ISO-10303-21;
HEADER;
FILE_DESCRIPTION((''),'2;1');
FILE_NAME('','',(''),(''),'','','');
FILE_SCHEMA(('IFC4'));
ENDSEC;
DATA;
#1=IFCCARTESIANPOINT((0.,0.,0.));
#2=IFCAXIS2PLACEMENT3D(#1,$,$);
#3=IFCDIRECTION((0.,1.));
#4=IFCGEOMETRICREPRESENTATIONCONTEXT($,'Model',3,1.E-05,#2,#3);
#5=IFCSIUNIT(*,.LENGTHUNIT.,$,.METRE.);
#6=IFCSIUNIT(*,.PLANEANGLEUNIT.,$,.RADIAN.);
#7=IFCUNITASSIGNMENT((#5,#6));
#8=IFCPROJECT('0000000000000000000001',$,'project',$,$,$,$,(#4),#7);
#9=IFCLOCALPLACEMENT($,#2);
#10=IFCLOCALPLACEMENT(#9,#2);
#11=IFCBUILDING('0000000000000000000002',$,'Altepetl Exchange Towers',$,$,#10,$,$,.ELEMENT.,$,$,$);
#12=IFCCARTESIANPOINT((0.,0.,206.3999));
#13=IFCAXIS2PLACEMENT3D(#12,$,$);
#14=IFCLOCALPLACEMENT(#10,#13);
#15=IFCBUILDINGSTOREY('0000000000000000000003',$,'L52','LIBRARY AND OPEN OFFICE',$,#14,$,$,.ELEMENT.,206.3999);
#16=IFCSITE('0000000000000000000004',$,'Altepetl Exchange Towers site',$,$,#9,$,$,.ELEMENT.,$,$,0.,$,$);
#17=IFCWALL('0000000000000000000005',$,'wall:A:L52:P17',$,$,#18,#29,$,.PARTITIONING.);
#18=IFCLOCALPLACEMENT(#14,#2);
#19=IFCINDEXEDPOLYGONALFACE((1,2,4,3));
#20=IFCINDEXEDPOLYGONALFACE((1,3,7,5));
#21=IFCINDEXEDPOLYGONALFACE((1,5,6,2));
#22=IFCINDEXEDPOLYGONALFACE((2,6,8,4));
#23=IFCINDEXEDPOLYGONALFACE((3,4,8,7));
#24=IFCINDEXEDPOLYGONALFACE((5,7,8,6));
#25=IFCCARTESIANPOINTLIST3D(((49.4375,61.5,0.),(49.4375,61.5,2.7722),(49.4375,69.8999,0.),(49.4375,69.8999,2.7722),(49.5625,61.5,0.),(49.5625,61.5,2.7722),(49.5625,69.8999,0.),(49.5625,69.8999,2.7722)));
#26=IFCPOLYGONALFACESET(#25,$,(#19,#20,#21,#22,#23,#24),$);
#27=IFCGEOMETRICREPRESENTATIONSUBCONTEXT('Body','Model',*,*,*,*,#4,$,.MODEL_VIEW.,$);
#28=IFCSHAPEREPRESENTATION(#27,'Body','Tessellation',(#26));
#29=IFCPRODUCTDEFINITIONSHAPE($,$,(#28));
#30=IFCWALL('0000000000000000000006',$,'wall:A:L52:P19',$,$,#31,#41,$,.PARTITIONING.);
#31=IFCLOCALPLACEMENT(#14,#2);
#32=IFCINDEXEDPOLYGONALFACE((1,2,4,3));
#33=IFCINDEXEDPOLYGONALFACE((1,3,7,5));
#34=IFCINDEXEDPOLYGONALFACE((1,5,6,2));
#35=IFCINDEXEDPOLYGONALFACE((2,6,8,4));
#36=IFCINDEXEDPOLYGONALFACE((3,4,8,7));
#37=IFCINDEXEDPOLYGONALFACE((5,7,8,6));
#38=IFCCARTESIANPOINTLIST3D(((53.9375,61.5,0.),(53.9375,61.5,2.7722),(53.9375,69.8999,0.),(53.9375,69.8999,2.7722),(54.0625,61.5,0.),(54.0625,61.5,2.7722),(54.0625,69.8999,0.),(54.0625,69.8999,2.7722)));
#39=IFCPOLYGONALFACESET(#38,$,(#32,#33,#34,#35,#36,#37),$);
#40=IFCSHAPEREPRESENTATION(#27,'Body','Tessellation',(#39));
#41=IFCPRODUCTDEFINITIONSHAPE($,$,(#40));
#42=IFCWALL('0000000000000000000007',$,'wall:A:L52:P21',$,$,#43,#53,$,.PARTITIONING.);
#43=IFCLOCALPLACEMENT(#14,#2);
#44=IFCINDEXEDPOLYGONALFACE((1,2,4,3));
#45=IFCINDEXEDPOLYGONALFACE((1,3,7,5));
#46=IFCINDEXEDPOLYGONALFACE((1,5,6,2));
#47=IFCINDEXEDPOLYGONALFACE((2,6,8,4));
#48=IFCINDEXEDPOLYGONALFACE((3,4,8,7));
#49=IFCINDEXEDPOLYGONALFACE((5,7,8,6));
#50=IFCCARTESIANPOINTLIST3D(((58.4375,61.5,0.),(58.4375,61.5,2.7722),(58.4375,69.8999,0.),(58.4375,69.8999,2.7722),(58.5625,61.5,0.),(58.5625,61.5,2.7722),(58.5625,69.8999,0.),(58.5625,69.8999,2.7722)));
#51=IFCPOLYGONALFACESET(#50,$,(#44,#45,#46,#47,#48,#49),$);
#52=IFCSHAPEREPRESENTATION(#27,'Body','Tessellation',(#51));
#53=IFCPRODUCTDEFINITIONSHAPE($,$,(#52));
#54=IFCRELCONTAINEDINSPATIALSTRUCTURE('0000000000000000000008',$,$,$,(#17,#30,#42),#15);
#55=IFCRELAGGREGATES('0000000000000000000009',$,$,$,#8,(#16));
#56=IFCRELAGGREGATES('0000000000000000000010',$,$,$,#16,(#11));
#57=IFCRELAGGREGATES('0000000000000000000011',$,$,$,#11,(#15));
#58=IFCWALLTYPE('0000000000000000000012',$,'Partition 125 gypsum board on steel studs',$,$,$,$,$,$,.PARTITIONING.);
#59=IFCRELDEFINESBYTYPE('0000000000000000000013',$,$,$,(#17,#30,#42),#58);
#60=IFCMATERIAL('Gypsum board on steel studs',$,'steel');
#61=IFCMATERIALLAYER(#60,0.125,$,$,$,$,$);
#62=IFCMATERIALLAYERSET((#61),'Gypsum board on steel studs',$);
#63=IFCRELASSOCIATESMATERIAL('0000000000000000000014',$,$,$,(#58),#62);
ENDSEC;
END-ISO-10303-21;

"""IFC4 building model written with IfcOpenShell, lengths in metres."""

from ifc_helpers import new_model, si_unit, direction, frame, frame_2d, origin, place, context, subcontext, project, spatial, rectangle, extrude, material, layer, layer_set, type_object, element, save


model = new_model("IFC4")

# Units and contexts
model_context = context("Model", 3, precision=1e-05, world=origin(), true_north=direction((0.0, 1.0)))
body_context = subcontext(model_context, "Body", "Model", "MODEL_VIEW")
ifc_project = project(units=[si_unit("LENGTHUNIT", "METRE"), si_unit("PLANEANGLEUNIT", "RADIAN")], contexts=[model_context])

# Site, building, storey
site_placement = place(None, origin())
site = spatial("IfcSite", under=ifc_project, at=site_placement, Name="Altepetl Exchange Towers site", CompositionType="ELEMENT", RefElevation=0.0)
building_placement = place(site_placement, origin())
building = spatial("IfcBuilding", under=site, at=building_placement, Name="Altepetl Exchange Towers", CompositionType="ELEMENT")
storey_placement = place(building_placement, frame((0.0, 0.0, 206.3999)))
storey = spatial("IfcBuildingStorey", under=building, at=storey_placement, Name="L52", Description="LIBRARY AND OPEN OFFICE", CompositionType="ELEMENT", Elevation=206.3999)

# Walls
ifc_material_1 = material(Name="Gypsum board on steel studs", Category="steel")
ifc_layer_1 = layer(ifc_material_1, 0.125)
ifc_layer_set_1 = layer_set([ifc_layer_1], Name="Gypsum board on steel studs")
wall_type = type_object("IfcWallType", Name="Partition 125 gypsum board on steel studs", PredefinedType="PARTITIONING", material=ifc_layer_set_1)
for number, where, z_axis, x_axis, name in (
    (1, (49.5, 61.5, 0.0), (0.0, 0.0, 1.0), (0.0, 1.0, 0.0), "wall:A:L52:P17"),
    (2, (54.0, 61.5, 0.0), (0.0, 0.0, 1.0), (0.0, 1.0, 0.0), "wall:A:L52:P19"),
    (3, (58.5, 61.5, 0.0), (0.0, 0.0, 1.0), (0.0, 1.0, 0.0), "wall:A:L52:P21"),
):
    element("IfcWall", number, at=place(storey_placement, frame(where, z_axis=z_axis, x_axis=x_axis)), inside=storey, type_object=wall_type, Name=name, PredefinedType="PARTITIONING", context=body_context, shape_type="SweptSolid", body=[
        extrude(rectangle(XDim=8.3999, YDim=0.125, at=frame_2d((4.2, 0.0))), origin(), (0.0, 0.0, 1.0), 2.7722),
    ])

save(model, "model.ifc")
